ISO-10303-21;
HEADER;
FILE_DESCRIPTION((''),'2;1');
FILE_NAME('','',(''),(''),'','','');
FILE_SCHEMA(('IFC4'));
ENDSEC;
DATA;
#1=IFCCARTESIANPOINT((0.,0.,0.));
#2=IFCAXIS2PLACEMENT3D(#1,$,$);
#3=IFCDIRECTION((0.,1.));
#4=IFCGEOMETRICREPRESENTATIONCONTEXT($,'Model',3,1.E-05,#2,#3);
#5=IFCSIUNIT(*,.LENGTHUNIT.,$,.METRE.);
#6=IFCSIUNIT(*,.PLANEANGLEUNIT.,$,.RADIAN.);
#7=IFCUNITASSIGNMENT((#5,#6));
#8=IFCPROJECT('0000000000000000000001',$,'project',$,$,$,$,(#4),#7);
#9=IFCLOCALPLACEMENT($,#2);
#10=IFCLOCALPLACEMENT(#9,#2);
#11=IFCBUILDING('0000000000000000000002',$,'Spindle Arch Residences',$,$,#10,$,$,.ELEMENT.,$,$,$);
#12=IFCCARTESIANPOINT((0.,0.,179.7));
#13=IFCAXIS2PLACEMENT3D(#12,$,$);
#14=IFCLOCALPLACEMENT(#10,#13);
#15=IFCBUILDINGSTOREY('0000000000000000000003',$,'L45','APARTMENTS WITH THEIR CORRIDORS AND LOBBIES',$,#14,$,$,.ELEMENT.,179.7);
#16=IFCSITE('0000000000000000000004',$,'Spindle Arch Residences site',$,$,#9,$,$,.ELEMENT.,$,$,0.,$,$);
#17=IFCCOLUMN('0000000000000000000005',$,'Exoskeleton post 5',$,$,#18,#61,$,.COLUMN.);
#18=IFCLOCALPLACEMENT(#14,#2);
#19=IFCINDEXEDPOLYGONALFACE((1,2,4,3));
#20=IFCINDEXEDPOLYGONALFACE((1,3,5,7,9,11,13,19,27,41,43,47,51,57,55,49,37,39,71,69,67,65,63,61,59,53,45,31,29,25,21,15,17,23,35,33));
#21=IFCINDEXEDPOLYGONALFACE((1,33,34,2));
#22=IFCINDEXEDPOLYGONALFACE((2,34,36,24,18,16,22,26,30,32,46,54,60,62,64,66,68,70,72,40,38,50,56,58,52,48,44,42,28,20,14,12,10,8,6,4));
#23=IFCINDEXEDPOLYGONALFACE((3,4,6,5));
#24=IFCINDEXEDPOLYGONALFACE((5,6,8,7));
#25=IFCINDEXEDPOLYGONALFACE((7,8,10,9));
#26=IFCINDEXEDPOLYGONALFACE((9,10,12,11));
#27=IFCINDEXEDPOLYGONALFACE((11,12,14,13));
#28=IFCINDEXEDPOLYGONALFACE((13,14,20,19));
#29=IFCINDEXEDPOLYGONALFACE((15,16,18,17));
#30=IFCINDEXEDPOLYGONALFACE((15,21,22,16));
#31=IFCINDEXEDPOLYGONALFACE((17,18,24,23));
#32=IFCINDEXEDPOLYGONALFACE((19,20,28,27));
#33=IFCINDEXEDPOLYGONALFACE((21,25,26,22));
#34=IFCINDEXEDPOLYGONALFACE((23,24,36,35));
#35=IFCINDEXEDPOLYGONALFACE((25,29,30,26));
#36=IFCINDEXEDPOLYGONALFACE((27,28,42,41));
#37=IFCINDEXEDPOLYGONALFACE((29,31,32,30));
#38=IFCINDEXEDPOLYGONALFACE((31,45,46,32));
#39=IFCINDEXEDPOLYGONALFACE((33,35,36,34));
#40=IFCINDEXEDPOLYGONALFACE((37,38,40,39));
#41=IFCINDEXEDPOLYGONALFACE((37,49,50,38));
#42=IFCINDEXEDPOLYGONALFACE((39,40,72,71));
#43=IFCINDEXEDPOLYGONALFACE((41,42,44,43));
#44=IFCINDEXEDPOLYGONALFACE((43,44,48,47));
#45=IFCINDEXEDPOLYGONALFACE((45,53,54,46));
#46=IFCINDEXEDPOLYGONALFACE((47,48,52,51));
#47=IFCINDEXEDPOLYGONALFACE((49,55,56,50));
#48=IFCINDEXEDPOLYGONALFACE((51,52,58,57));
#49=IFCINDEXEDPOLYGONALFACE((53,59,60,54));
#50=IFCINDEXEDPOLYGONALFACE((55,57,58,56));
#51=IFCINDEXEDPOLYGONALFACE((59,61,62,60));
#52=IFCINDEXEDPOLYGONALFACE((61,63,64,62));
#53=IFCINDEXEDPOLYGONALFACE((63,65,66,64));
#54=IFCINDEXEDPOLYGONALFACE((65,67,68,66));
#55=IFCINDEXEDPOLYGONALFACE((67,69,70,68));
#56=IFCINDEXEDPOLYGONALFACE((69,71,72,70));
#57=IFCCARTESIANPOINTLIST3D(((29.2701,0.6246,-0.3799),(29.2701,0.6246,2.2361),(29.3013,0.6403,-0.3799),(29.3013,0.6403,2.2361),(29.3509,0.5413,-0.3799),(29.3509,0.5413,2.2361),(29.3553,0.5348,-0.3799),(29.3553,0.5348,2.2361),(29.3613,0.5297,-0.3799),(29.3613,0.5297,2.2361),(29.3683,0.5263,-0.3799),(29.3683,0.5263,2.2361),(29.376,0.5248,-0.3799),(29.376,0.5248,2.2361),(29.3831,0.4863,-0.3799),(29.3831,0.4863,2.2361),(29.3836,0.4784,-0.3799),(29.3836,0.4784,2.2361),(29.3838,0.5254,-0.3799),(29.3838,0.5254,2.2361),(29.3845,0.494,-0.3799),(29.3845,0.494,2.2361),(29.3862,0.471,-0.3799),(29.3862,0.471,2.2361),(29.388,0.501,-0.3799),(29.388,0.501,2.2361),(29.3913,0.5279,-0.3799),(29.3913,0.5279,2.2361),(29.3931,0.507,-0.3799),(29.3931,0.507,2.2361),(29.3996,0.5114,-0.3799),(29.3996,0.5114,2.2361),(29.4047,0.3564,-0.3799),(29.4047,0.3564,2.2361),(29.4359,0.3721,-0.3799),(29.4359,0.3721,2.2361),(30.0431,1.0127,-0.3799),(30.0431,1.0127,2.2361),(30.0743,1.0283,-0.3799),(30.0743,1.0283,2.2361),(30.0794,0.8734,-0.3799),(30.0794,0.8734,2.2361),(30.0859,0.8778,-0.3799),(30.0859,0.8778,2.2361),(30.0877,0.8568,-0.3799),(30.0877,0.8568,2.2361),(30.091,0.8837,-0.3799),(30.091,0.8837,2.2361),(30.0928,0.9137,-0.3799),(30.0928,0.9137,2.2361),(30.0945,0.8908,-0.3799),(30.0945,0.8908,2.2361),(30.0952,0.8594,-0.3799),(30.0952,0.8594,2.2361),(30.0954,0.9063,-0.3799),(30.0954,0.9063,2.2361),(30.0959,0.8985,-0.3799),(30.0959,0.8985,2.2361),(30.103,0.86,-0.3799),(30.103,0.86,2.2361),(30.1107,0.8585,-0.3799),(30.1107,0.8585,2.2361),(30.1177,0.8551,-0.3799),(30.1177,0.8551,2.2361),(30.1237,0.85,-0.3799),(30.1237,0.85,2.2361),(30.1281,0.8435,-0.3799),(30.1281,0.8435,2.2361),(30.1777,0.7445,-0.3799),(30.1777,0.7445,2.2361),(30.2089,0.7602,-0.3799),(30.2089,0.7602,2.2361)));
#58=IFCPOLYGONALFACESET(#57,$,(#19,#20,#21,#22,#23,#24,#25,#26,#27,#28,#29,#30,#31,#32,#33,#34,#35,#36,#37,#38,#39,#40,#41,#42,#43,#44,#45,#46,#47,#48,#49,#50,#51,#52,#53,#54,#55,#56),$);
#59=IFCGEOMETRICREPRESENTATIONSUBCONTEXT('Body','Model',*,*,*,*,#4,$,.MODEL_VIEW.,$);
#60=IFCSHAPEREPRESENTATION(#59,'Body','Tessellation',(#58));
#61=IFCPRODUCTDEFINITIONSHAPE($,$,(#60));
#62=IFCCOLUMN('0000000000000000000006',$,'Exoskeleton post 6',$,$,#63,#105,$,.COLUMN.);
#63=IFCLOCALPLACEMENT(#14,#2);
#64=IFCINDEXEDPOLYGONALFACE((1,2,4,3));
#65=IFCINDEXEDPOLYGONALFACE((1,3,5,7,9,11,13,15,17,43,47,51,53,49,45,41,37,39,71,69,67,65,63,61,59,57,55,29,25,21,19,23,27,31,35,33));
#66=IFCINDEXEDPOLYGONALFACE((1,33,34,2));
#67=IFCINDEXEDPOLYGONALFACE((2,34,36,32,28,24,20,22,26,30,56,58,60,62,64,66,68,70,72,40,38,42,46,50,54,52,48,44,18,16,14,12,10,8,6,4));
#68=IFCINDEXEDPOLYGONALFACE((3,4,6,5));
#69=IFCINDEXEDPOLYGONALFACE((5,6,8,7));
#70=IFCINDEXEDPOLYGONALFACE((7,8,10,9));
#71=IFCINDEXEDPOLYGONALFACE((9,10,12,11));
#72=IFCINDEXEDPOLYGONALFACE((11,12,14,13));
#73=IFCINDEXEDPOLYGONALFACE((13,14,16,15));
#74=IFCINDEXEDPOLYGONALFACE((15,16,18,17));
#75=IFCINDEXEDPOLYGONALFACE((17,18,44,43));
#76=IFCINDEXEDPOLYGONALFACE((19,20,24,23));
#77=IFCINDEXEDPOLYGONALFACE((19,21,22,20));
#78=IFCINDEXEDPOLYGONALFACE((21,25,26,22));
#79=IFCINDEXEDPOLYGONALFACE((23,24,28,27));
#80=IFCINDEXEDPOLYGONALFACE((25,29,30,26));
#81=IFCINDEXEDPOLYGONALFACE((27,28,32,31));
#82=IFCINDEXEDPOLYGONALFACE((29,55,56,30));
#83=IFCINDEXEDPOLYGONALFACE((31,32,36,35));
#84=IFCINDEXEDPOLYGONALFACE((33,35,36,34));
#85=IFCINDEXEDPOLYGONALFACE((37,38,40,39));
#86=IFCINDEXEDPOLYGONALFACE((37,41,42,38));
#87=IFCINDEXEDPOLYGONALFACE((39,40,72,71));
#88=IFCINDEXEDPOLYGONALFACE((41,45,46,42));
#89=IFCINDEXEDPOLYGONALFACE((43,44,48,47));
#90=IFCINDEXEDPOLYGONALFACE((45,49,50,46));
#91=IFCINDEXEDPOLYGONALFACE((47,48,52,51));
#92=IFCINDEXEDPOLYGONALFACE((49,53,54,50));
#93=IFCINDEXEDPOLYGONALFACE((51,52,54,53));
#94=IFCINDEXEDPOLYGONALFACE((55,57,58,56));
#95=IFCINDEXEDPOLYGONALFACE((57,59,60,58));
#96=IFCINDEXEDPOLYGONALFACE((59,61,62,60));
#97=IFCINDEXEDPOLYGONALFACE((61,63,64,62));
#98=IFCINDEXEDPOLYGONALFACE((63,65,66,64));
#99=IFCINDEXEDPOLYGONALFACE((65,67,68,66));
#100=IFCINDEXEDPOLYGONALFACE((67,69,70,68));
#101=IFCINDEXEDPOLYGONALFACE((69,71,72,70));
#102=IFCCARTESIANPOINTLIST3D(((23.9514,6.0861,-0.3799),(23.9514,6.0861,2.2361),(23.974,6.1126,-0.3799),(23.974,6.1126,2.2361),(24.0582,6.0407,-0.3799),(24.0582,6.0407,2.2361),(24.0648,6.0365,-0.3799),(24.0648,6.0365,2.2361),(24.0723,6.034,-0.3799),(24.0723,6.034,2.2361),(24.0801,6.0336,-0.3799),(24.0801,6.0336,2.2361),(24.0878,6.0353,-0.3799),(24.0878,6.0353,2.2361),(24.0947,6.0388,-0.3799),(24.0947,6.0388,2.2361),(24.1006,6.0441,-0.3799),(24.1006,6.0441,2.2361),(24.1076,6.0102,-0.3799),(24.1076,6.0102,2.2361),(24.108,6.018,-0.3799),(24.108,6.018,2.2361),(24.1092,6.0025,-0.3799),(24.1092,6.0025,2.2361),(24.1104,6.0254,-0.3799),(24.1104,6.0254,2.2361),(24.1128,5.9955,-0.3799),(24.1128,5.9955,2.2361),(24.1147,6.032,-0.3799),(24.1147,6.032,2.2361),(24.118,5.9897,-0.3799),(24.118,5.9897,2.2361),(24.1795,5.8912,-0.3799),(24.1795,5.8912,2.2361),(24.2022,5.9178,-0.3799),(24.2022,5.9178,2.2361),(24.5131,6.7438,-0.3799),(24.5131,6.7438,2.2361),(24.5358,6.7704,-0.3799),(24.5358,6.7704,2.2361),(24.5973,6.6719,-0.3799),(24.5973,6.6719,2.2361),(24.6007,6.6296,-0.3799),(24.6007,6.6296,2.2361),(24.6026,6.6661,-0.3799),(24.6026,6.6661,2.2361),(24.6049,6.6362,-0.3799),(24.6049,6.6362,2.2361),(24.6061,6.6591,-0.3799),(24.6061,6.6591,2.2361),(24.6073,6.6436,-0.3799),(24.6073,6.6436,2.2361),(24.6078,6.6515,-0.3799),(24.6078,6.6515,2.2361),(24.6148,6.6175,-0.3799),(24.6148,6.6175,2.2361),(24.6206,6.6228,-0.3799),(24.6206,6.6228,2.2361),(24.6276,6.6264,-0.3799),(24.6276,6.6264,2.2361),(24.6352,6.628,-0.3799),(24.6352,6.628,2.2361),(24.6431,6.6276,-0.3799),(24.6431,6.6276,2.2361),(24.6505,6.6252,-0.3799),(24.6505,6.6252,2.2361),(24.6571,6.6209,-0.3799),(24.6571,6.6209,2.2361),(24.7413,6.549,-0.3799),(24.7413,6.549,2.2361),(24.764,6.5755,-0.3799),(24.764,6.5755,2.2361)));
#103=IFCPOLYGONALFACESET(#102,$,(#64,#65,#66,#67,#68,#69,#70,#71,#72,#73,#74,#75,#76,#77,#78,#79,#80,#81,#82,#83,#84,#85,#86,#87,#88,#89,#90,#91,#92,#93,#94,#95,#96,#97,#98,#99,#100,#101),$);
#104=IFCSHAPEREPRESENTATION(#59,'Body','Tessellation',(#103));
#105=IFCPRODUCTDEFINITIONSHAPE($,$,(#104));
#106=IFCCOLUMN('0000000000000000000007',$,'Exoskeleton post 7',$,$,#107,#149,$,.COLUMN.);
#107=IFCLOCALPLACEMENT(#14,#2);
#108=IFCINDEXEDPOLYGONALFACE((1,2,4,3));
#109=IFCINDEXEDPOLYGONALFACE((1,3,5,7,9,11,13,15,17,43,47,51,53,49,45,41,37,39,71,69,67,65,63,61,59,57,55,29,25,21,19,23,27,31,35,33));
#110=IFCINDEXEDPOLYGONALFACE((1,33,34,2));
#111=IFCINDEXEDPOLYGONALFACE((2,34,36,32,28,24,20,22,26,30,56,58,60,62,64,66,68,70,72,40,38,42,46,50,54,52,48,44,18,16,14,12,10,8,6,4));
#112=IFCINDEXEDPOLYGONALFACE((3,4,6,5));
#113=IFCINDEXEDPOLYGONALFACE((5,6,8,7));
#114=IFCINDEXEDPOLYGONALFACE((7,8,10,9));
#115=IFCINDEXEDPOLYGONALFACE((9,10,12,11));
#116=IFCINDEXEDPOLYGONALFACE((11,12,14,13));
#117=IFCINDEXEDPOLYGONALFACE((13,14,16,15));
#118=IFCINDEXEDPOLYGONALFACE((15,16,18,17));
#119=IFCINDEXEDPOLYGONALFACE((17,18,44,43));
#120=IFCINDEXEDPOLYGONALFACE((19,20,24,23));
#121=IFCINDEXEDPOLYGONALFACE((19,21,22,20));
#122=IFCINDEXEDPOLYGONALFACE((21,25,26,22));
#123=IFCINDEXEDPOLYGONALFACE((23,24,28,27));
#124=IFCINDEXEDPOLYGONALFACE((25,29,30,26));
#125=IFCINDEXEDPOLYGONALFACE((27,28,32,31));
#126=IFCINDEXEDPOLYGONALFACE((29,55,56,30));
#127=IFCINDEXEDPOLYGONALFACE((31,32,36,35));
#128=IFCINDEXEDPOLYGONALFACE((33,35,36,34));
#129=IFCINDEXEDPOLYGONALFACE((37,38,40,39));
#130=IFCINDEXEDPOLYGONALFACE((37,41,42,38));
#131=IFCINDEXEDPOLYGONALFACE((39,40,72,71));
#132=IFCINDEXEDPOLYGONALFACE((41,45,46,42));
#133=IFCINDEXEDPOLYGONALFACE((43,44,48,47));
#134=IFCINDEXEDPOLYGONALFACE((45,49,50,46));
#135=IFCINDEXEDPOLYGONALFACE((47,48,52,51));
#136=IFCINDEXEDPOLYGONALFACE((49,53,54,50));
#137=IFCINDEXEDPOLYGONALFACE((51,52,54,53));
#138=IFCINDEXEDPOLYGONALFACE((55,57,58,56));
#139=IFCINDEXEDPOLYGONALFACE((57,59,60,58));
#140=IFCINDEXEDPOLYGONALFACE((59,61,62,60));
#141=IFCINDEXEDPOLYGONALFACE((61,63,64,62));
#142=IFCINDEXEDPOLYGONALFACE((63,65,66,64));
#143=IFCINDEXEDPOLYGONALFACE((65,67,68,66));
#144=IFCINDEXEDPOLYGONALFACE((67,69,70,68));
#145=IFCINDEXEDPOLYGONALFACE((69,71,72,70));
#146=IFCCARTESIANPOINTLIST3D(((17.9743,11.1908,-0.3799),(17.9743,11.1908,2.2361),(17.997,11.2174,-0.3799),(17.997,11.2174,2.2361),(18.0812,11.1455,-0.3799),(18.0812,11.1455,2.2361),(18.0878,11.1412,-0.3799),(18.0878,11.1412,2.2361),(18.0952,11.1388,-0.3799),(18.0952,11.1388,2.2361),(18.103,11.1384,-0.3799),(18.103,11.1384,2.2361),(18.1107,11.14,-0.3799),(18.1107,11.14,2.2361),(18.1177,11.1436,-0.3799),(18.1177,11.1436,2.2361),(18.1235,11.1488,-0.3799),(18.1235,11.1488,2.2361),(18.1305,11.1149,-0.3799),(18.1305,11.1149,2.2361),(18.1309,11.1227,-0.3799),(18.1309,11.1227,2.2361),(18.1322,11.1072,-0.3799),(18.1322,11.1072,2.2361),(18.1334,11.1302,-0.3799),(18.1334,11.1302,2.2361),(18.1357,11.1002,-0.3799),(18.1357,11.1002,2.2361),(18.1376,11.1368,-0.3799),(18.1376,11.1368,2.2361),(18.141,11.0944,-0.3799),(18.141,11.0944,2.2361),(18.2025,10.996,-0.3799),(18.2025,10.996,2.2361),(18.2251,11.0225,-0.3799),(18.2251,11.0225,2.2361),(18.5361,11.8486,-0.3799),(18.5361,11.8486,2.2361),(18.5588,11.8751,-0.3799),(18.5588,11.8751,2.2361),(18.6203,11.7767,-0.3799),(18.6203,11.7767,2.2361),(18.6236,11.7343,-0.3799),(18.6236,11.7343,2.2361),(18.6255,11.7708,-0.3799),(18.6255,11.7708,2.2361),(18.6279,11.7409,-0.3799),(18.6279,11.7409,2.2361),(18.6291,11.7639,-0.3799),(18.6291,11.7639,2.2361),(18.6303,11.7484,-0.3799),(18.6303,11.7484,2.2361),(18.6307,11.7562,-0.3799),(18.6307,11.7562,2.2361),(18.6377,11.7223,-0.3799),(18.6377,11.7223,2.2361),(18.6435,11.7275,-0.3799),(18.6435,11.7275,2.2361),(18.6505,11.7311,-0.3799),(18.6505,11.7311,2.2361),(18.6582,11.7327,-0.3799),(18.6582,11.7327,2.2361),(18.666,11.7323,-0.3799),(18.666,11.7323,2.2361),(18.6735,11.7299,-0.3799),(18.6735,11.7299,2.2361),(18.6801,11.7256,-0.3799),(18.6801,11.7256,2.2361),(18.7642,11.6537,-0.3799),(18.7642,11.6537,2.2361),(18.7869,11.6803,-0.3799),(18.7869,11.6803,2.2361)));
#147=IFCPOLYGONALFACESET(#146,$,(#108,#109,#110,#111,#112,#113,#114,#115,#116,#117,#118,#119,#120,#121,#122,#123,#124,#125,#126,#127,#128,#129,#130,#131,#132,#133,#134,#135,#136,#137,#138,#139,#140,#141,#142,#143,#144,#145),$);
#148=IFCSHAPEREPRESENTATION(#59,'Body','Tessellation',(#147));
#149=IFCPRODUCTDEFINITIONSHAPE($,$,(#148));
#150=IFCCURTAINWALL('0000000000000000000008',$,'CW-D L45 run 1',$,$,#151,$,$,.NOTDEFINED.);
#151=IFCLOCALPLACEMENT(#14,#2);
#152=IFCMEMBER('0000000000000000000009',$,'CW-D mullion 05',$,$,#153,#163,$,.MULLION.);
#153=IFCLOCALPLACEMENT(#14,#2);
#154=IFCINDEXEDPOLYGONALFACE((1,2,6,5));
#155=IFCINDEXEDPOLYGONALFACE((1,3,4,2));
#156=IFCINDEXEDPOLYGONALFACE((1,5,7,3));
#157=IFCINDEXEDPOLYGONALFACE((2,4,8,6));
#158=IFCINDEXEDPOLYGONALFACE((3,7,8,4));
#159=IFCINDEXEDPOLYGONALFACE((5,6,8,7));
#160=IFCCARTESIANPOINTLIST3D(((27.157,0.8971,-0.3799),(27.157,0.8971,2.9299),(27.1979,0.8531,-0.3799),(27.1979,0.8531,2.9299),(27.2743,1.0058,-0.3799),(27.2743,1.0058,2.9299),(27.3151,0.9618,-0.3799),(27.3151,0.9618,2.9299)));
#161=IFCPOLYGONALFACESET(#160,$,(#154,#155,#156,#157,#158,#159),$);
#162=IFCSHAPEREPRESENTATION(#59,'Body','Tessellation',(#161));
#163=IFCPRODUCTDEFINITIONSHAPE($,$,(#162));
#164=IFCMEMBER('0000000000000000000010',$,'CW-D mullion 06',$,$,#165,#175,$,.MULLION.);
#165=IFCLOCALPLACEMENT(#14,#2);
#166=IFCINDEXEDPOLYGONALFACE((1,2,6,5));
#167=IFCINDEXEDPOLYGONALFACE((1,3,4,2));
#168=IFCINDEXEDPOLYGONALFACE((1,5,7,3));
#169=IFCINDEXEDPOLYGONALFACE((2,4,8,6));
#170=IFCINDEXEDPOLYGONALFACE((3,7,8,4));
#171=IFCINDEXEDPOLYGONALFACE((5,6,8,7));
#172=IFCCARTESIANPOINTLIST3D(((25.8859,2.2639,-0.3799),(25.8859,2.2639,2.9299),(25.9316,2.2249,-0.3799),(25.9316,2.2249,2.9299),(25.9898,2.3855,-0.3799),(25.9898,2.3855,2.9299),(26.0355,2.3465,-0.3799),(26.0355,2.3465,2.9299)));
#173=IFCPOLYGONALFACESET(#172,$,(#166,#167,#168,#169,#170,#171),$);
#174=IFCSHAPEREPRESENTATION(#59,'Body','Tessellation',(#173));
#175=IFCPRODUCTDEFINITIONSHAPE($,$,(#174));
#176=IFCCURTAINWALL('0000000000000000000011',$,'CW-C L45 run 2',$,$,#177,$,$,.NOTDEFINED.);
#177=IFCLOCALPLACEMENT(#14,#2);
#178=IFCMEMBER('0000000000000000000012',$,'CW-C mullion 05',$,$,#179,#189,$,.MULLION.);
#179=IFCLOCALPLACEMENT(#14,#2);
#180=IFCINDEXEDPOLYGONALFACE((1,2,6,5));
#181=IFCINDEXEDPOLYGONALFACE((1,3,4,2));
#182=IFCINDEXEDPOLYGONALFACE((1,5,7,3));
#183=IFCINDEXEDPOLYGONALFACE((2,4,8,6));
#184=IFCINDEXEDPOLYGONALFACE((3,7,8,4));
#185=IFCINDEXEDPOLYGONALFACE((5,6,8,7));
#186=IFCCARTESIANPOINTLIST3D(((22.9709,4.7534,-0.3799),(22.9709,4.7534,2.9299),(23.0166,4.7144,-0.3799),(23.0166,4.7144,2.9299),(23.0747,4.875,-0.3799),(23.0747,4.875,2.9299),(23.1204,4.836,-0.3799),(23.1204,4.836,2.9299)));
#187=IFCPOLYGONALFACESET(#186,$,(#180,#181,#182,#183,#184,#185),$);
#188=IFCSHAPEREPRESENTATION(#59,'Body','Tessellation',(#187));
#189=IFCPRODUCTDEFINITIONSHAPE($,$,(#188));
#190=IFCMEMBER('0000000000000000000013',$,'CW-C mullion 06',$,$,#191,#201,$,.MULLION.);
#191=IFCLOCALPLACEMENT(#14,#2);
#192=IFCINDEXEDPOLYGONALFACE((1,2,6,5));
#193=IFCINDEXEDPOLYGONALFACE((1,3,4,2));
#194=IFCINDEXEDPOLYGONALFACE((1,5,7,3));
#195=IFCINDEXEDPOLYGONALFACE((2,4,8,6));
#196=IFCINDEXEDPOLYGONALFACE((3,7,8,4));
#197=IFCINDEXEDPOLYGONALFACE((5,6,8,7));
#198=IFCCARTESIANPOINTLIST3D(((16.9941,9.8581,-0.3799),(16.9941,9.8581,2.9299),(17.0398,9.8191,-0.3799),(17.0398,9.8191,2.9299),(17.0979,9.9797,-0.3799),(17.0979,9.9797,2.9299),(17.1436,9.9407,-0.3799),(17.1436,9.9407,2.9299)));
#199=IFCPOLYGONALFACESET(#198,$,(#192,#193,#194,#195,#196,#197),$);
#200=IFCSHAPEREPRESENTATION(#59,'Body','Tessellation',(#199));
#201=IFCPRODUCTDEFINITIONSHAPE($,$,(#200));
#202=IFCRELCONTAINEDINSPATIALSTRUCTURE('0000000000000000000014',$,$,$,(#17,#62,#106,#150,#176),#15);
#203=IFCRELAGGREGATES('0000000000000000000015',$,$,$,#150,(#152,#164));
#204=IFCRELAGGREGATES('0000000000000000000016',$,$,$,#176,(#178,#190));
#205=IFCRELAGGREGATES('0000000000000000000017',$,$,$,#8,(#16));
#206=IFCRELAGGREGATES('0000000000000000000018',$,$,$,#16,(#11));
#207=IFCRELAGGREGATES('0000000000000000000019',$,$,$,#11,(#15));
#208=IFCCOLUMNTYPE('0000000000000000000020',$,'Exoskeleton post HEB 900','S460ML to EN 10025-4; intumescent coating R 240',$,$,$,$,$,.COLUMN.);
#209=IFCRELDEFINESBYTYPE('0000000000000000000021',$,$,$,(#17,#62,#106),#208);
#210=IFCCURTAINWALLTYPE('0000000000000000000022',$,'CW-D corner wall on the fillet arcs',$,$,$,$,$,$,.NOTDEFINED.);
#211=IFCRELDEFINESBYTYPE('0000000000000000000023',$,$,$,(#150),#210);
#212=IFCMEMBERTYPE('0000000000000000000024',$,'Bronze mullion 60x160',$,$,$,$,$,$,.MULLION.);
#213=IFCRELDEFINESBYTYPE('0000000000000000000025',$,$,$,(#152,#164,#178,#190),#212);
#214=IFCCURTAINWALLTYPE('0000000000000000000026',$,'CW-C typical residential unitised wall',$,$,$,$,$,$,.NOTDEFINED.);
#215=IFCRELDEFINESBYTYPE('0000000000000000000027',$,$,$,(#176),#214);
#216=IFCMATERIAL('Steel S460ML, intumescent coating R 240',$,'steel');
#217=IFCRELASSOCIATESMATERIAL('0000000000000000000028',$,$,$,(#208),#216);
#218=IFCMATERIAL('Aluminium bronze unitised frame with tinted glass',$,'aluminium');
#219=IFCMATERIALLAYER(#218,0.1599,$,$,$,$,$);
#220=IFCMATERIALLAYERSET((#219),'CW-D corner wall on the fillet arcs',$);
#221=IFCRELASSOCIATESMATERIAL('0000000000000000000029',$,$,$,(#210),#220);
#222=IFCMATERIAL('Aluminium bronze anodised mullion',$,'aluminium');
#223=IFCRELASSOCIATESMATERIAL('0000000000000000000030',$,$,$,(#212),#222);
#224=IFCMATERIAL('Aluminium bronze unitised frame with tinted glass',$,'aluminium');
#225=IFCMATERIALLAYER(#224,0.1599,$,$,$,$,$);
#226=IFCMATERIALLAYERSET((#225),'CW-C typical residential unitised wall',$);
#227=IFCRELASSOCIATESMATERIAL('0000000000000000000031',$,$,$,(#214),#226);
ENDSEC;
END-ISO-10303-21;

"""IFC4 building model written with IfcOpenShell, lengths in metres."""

from ifc_helpers import new_model, si_unit, direction, frame, origin, origin_2d, place, context, subcontext, project, spatial, rectangle, i_section, extrude, material, layer, layer_set, material_profile, profile_set, type_object, element, aggregate, save


model = new_model("IFC4")

# Units and contexts
model_context = context("Model", 3, precision=1e-05, world=origin(), true_north=direction((0.0, 1.0)))
body_context = subcontext(model_context, "Body", "Model", "MODEL_VIEW")
ifc_project = project(units=[si_unit("LENGTHUNIT", "METRE"), si_unit("PLANEANGLEUNIT", "RADIAN")], contexts=[model_context])

# Site, building, storey
site_placement = place(None, origin())
site = spatial("IfcSite", under=ifc_project, at=site_placement, Name="Spindle Arch Residences site", CompositionType="ELEMENT", RefElevation=0.0)
building_placement = place(site_placement, origin())
building = spatial("IfcBuilding", under=site, at=building_placement, Name="Spindle Arch Residences", CompositionType="ELEMENT")
storey_placement = place(building_placement, frame((0.0, 0.0, 179.7)))
storey = spatial("IfcBuildingStorey", under=building, at=storey_placement, Name="L45", Description="APARTMENTS WITH THEIR CORRIDORS AND LOBBIES", CompositionType="ELEMENT", Elevation=179.7)

# Columns
ifc_material_1 = material(Name="Steel S460ML, intumescent coating R 240", Category="steel")
ifc_material_profile_1 = material_profile(ifc_material_1, i_section(OverallWidth=0.3, OverallDepth=0.8999, WebThickness=0.0186, FlangeThickness=0.0349, FilletRadius=0.03, at=origin_2d()), Name="HEB 900")
ifc_profile_set_1 = profile_set([ifc_material_profile_1], Name="Steel S460ML, intumescent coating R 240")
column_type = type_object("IfcColumnType", Name="Exoskeleton post HEB 900", Description="S460ML to EN 10025-4; intumescent coating R 240", PredefinedType="COLUMN", material=ifc_profile_set_1)
for number, where, z_axis, x_axis, name in (
    (1, (29.7395, 0.6924, -0.3799), (0.0, 0.0, 1.0), (0.448657, -0.893704, 0.0), "Exoskeleton post 5"),
    (2, (24.3577, 6.3308, -0.3799), (0.0, 0.0, 1.0), (0.760406, -0.649448, 0.0), "Exoskeleton post 6"),
    (3, (18.3806, 11.4355, -0.3799), (0.0, 0.0, 1.0), (0.760406, -0.649448, 0.0), "Exoskeleton post 7"),
):
    element("IfcColumn", number, at=place(storey_placement, frame(where, z_axis=z_axis, x_axis=x_axis)), inside=storey, type_object=column_type, Name=name, PredefinedType="COLUMN", context=body_context, shape_type="SweptSolid", body=[
        extrude(i_section(OverallWidth=0.3, OverallDepth=0.8999, WebThickness=0.0186, FlangeThickness=0.0349, FilletRadius=0.03, at=origin_2d()), origin(), (0.0, 0.0, 1.0), 2.616),
    ])

# Curtain walls, members
ifc_material_2 = material(Name="Aluminium bronze unitised frame with tinted glass", Category="aluminium")
ifc_layer_1 = layer(ifc_material_2, 0.1599)
ifc_layer_set_1 = layer_set([ifc_layer_1], Name="CW-D corner wall on the fillet arcs")
curtain_wall_type_1 = type_object("IfcCurtainWallType", Name="CW-D corner wall on the fillet arcs", PredefinedType="NOTDEFINED", material=ifc_layer_set_1)
curtain_wall_1_placement = place(storey_placement, origin())
curtain_wall_1 = element("IfcCurtainWall", 4, at=curtain_wall_1_placement, inside=storey, type_object=curtain_wall_type_1, Name="CW-D L45 run 1", PredefinedType="NOTDEFINED")
ifc_material_3 = material(Name="Aluminium bronze anodised mullion", Category="aluminium")
ifc_material_profile_2 = material_profile(ifc_material_3, rectangle(XDim=0.1599, YDim=0.0601, at=origin_2d()), Name="MU 60x160")
ifc_profile_set_2 = profile_set([ifc_material_profile_2], Name="Aluminium bronze anodised mullion")
member_type_1 = type_object("IfcMemberType", Name="Bronze mullion 60x160", PredefinedType="MULLION", material=ifc_profile_set_2)
member_1_placement = place(storey_placement, frame((27.2361, 0.9294, -0.3799), z_axis=(0.0, 0.0, 1.0), x_axis=(-0.733334, -0.679868, 0.0)))
member_1 = element("IfcMember", 5, at=member_1_placement, type_object=member_type_1, Name="CW-D mullion 05", PredefinedType="MULLION", context=body_context, shape_type="SweptSolid", body=[
    extrude(rectangle(XDim=0.1599, YDim=0.0601, at=origin_2d()), origin(), (0.0, 0.0, 1.0), 3.3098),
])
member_2_placement = place(storey_placement, frame((25.9607, 2.3052, -0.3799), z_axis=(0.0, 0.0, 1.0), x_axis=(-0.649448, -0.760406, 0.0)))
member_2 = element("IfcMember", 6, at=member_2_placement, type_object=member_type_1, Name="CW-D mullion 06", PredefinedType="MULLION", context=body_context, shape_type="SweptSolid", body=[
    extrude(rectangle(XDim=0.1599, YDim=0.0601, at=origin_2d()), origin(), (0.0, 0.0, 1.0), 3.3098),
])
ifc_material_4 = material(Name="Aluminium bronze unitised frame with tinted glass", Category="aluminium")
ifc_layer_2 = layer(ifc_material_4, 0.1599)
ifc_layer_set_2 = layer_set([ifc_layer_2], Name="CW-C typical residential unitised wall")
curtain_wall_type_2 = type_object("IfcCurtainWallType", Name="CW-C typical residential unitised wall", PredefinedType="NOTDEFINED", material=ifc_layer_set_2)
curtain_wall_2_placement = place(storey_placement, origin())
curtain_wall_2 = element("IfcCurtainWall", 7, at=curtain_wall_2_placement, inside=storey, type_object=curtain_wall_type_2, Name="CW-C L45 run 2", PredefinedType="NOTDEFINED")
member_3_placement = place(storey_placement, frame((23.0457, 4.7947, -0.3799), z_axis=(0.0, 0.0, 1.0), x_axis=(-0.649448, -0.760406, 0.0)))
member_3 = element("IfcMember", 8, at=member_3_placement, type_object=member_type_1, Name="CW-C mullion 05", PredefinedType="MULLION", context=body_context, shape_type="SweptSolid", body=[
    extrude(rectangle(XDim=0.1599, YDim=0.0601, at=origin_2d()), origin(), (0.0, 0.0, 1.0), 3.3098),
])
member_4_placement = place(storey_placement, frame((17.0688, 9.8994, -0.3799), z_axis=(0.0, 0.0, 1.0), x_axis=(-0.649448, -0.760406, 0.0)))
member_4 = element("IfcMember", 9, at=member_4_placement, type_object=member_type_1, Name="CW-C mullion 06", PredefinedType="MULLION", context=body_context, shape_type="SweptSolid", body=[
    extrude(rectangle(XDim=0.1599, YDim=0.0601, at=origin_2d()), origin(), (0.0, 0.0, 1.0), 3.3098),
])

aggregate(curtain_wall_1, [member_1, member_2])
aggregate(curtain_wall_2, [member_3, member_4])

save(model, "model.ifc")
